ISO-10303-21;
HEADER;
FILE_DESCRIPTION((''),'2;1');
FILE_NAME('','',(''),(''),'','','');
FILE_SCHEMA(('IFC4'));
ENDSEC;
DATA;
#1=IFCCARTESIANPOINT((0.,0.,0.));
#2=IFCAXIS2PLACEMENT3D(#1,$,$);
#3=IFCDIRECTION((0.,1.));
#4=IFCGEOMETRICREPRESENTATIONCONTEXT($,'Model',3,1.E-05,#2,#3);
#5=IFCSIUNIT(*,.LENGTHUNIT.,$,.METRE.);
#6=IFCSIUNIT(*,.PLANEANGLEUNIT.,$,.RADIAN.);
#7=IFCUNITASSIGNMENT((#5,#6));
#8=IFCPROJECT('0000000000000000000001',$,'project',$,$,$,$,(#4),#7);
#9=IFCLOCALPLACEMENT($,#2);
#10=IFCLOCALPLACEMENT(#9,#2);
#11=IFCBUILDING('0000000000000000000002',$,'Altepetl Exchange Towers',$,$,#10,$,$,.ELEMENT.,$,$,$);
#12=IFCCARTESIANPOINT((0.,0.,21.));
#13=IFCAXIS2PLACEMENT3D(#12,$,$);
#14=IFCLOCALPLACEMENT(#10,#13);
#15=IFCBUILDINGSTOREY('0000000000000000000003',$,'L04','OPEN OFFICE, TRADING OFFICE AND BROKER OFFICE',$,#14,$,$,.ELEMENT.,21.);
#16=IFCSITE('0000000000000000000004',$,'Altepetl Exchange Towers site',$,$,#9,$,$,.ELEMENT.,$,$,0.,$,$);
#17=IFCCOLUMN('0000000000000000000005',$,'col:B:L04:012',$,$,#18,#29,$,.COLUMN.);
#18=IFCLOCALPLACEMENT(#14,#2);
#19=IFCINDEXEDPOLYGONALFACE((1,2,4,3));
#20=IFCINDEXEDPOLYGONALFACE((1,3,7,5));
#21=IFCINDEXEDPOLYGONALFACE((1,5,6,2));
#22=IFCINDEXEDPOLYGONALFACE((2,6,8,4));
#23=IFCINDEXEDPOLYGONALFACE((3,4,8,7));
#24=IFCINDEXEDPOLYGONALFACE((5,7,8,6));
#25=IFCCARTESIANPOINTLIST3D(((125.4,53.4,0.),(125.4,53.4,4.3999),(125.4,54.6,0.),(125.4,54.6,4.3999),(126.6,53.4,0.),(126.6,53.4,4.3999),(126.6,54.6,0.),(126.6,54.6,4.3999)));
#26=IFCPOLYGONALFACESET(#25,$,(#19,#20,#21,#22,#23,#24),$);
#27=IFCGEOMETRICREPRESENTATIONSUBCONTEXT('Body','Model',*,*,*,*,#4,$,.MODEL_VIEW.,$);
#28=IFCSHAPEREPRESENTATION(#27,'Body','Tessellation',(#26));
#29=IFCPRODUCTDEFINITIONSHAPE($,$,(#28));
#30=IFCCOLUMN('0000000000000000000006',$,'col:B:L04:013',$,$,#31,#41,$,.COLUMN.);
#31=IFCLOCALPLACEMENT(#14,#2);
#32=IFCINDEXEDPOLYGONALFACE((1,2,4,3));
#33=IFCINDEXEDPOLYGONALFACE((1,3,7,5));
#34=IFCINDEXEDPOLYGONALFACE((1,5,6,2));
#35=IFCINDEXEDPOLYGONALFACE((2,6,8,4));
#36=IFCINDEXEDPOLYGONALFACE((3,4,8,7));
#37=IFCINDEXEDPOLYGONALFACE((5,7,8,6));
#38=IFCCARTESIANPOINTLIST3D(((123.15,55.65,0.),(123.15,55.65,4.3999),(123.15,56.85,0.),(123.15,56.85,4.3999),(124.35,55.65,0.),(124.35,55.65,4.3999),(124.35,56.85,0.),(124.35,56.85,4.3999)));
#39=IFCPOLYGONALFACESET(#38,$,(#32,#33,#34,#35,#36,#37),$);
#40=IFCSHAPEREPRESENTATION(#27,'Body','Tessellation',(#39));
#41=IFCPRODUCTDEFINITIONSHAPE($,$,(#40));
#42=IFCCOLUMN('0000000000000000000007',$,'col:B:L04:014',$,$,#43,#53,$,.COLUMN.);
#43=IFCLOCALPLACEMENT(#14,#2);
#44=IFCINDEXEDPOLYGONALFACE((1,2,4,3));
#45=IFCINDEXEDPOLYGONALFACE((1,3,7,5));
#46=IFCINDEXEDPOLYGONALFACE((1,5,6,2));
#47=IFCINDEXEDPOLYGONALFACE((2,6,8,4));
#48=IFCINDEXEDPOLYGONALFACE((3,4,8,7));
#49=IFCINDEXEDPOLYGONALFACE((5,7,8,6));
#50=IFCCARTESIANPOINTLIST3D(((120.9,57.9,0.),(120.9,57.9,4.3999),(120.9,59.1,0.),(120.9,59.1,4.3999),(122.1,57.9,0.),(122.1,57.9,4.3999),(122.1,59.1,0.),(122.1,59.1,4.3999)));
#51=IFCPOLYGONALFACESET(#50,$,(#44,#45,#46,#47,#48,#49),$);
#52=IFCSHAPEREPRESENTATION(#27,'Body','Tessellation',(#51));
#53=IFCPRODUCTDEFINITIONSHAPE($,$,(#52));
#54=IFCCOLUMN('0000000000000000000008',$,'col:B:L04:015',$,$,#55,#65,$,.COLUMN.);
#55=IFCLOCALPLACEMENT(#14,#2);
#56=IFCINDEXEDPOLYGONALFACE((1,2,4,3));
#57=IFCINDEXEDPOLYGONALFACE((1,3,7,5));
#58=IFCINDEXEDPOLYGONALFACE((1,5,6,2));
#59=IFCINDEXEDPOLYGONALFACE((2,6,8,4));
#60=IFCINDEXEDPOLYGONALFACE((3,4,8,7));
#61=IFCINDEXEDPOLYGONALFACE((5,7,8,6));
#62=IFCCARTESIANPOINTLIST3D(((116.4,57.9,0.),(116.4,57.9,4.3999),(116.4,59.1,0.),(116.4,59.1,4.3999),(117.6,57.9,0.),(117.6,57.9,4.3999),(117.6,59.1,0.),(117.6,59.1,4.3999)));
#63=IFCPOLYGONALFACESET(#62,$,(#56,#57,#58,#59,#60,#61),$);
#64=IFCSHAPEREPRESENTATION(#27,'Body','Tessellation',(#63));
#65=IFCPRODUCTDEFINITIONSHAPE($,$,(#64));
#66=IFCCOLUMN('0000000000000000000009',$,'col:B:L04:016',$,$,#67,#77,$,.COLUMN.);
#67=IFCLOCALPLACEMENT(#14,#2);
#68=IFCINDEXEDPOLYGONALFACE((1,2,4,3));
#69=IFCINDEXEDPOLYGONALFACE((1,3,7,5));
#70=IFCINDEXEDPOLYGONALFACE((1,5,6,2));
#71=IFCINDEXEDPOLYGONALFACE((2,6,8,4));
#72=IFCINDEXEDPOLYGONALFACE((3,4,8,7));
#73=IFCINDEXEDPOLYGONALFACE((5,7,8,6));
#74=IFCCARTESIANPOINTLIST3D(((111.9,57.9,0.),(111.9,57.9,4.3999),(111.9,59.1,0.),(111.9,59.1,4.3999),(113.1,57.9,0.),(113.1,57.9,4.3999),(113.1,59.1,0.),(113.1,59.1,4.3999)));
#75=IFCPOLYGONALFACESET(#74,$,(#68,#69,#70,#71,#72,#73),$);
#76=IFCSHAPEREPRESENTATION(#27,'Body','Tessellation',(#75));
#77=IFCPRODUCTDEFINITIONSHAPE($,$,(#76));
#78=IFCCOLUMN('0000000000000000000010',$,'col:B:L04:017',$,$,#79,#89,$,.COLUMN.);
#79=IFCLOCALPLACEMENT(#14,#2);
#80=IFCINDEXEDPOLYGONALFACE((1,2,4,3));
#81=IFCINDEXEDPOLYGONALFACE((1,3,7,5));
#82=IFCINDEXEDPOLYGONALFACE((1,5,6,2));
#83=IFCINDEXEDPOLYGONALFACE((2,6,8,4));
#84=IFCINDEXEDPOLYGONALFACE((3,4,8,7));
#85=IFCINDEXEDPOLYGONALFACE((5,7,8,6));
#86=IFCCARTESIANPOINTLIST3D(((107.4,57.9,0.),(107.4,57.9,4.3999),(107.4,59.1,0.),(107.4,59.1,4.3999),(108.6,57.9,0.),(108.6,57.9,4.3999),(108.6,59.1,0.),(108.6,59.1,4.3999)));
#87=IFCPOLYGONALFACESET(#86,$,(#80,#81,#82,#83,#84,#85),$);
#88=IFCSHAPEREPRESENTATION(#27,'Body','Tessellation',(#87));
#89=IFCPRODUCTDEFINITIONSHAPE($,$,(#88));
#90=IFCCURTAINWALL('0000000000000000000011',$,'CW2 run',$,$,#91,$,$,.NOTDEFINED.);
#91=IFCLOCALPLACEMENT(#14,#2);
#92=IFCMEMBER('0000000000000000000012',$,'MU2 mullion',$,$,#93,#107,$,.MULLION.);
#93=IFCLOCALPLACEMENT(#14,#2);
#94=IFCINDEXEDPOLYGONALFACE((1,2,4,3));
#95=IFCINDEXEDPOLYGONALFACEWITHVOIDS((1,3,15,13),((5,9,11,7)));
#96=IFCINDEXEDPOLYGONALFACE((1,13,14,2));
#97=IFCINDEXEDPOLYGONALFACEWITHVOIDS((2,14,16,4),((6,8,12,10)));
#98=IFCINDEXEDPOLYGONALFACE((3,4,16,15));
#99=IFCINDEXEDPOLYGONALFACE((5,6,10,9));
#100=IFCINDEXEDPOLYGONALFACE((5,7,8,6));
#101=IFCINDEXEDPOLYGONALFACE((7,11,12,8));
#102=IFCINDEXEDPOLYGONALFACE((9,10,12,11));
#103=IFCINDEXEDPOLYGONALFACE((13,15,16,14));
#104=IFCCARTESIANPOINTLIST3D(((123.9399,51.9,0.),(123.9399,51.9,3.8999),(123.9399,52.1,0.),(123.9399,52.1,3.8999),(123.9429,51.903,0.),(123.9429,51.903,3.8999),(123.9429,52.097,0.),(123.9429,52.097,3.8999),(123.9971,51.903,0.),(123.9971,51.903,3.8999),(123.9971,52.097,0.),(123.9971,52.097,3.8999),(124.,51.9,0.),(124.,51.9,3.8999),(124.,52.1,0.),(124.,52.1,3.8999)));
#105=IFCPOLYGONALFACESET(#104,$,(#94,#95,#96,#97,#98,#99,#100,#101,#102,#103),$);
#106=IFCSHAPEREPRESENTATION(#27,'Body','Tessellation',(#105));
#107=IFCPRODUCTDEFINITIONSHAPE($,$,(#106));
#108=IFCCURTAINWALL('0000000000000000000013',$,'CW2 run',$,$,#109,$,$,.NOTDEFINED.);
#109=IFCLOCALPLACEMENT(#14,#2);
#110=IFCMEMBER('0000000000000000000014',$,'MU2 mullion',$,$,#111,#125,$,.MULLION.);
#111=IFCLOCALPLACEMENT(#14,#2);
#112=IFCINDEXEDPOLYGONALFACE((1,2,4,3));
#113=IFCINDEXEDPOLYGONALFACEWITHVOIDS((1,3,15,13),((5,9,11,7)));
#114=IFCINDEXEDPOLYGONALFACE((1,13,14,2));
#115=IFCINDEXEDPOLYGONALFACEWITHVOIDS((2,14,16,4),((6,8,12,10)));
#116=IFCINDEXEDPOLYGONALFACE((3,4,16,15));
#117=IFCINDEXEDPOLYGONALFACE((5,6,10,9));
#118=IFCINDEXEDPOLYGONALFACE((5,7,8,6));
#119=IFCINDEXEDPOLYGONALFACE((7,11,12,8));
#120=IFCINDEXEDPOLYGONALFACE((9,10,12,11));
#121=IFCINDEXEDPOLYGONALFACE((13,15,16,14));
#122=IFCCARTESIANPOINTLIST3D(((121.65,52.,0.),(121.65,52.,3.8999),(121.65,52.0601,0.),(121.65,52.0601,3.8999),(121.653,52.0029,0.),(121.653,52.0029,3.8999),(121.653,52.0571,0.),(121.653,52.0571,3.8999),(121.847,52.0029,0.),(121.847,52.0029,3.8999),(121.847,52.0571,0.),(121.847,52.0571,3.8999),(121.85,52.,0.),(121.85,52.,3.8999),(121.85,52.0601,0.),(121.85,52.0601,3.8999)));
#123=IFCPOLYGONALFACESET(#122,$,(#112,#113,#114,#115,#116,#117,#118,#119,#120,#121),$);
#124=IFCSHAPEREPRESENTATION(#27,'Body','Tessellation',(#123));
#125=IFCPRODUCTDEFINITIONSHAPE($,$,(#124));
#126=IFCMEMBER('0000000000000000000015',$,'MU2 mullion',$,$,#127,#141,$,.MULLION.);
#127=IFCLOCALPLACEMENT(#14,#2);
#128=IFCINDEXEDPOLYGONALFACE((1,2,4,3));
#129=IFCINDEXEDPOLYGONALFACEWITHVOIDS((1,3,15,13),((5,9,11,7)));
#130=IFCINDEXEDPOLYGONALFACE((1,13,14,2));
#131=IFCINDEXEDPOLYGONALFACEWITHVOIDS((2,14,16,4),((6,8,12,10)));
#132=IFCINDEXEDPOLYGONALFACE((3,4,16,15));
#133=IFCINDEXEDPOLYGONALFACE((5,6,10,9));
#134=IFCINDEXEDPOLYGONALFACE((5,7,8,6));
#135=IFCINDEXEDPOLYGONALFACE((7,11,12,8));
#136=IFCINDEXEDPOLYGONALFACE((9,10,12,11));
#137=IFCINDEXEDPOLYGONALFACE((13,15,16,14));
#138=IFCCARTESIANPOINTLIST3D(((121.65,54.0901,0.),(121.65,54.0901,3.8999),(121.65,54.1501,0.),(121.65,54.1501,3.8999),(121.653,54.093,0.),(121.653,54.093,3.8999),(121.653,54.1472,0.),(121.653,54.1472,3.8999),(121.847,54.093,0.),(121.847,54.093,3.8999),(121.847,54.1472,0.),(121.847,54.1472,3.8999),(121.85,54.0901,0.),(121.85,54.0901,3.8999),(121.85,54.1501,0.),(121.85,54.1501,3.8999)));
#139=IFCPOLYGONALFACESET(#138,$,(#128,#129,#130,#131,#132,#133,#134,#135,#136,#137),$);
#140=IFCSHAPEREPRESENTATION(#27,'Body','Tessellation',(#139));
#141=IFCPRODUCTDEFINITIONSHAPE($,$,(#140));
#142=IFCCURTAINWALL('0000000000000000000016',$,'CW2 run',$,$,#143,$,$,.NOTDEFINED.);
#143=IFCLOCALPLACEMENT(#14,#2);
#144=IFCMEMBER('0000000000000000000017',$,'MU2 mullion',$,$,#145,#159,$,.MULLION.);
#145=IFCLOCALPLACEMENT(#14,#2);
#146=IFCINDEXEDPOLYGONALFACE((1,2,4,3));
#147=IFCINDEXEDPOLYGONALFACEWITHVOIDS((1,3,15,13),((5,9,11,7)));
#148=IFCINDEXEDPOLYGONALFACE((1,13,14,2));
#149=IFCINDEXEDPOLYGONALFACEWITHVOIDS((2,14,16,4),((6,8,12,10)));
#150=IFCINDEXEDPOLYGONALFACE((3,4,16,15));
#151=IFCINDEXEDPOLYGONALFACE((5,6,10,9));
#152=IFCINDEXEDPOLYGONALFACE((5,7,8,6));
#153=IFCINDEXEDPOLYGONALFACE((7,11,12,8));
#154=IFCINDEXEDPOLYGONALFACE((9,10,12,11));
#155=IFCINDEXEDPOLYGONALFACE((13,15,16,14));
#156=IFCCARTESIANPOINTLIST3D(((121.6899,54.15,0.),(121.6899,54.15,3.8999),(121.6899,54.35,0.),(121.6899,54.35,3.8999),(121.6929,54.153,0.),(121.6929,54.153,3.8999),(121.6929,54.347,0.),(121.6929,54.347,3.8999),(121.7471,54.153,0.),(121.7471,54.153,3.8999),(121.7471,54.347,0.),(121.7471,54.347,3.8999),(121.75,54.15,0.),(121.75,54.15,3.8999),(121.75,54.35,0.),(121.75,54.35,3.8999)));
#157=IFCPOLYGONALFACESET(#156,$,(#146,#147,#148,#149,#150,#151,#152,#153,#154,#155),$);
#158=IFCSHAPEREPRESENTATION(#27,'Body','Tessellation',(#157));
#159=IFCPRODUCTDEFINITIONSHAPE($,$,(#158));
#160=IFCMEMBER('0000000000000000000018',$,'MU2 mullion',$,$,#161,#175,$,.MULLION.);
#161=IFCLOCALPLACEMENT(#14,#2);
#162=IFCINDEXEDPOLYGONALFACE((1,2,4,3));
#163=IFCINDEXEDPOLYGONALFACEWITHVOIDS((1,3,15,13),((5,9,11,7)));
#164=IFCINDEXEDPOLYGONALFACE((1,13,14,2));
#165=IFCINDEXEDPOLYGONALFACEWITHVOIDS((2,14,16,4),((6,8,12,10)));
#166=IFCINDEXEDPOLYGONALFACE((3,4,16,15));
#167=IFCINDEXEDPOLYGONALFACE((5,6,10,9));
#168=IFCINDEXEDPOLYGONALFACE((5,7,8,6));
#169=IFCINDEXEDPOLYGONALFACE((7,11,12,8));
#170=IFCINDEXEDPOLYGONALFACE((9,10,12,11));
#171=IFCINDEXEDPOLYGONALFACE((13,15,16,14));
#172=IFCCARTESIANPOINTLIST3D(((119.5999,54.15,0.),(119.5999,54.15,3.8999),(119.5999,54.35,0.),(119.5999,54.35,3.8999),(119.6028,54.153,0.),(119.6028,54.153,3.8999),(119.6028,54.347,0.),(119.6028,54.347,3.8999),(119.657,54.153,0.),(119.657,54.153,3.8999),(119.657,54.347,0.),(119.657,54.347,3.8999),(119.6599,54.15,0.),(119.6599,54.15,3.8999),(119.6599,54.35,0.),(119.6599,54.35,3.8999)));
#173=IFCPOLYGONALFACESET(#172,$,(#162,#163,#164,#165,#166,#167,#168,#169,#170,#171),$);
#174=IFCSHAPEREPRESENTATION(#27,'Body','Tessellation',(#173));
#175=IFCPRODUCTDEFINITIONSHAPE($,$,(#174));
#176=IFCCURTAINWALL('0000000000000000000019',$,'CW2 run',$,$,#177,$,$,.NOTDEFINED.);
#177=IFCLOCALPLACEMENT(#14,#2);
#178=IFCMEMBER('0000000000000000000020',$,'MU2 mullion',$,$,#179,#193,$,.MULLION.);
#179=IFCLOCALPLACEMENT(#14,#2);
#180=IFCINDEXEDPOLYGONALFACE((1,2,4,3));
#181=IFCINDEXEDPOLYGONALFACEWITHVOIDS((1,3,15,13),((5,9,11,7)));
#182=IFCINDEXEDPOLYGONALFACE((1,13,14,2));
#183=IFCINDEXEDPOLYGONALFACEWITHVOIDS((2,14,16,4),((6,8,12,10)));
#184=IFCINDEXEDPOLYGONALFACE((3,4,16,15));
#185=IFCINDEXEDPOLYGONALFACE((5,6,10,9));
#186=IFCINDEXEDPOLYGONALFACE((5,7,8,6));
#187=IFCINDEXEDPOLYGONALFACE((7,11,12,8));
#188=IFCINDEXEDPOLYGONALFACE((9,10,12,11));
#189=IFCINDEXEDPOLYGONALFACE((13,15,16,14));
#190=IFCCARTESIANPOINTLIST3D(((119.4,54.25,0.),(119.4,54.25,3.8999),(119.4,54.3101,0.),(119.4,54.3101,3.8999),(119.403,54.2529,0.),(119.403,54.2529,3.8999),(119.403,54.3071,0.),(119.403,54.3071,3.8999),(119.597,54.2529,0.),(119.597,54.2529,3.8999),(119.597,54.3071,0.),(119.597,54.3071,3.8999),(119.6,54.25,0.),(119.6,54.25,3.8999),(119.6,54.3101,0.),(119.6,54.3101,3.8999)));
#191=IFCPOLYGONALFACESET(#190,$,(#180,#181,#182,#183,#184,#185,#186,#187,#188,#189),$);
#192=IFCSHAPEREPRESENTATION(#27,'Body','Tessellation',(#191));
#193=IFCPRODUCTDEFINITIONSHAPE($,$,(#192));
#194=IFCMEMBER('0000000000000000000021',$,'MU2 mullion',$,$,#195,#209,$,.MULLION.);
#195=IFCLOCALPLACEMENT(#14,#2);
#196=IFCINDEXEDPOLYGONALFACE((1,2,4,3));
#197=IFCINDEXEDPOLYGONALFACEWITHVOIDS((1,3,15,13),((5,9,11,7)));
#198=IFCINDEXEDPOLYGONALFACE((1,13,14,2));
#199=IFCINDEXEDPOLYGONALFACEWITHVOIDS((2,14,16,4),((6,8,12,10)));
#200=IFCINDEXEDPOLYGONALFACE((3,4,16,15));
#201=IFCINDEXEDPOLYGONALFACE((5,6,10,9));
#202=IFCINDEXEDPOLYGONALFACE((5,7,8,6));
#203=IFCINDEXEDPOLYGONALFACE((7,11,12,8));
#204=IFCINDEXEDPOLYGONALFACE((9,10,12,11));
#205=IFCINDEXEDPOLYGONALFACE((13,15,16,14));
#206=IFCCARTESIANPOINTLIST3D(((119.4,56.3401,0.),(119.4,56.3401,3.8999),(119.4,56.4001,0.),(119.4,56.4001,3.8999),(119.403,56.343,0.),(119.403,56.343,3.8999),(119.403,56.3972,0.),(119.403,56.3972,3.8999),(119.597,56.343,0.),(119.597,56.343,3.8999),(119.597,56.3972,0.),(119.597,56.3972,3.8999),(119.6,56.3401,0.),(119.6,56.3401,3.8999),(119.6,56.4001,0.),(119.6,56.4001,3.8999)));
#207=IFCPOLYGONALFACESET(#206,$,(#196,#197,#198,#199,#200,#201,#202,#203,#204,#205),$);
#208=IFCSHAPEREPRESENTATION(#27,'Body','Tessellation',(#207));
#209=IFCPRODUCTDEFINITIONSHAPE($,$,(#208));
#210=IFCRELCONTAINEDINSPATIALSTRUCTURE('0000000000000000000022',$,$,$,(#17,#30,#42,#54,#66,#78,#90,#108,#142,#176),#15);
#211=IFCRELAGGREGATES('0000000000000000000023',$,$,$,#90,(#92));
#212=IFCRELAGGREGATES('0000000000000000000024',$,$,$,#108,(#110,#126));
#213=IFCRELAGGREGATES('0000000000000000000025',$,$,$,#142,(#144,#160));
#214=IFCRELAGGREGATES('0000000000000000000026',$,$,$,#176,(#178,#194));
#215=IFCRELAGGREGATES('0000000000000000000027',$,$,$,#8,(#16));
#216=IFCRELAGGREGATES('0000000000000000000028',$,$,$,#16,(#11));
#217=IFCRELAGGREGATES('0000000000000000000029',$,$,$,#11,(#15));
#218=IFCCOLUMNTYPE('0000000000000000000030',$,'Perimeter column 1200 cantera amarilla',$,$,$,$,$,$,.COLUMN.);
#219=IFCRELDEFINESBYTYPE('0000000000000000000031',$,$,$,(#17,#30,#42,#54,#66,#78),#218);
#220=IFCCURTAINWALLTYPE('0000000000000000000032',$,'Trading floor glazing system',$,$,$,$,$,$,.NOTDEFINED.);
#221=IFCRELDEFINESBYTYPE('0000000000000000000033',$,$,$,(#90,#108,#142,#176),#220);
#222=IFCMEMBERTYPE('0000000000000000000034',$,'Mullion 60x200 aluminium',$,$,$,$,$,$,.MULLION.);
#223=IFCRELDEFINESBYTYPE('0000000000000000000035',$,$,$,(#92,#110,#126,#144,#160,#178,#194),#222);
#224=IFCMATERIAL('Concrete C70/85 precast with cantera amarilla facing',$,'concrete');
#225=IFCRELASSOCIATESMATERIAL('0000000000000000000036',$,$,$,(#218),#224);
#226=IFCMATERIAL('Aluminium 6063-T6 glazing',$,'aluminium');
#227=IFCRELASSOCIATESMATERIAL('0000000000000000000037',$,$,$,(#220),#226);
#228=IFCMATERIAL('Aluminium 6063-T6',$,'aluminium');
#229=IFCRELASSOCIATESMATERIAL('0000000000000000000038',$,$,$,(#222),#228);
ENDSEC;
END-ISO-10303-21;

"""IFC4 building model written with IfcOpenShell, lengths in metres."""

from ifc_helpers import new_model, si_unit, direction, frame, origin, origin_2d, place, context, subcontext, project, spatial, rectangle, hollow_rectangle, extrude, material, material_profile, profile_set, type_object, element, aggregate, save


model = new_model("IFC4")

# Units and contexts
model_context = context("Model", 3, precision=1e-05, world=origin(), true_north=direction((0.0, 1.0)))
body_context = subcontext(model_context, "Body", "Model", "MODEL_VIEW")
ifc_project = project(units=[si_unit("LENGTHUNIT", "METRE"), si_unit("PLANEANGLEUNIT", "RADIAN")], contexts=[model_context])

# Site, building, storey
site_placement = place(None, origin())
site = spatial("IfcSite", under=ifc_project, at=site_placement, Name="Altepetl Exchange Towers site", CompositionType="ELEMENT", RefElevation=0.0)
building_placement = place(site_placement, origin())
building = spatial("IfcBuilding", under=site, at=building_placement, Name="Altepetl Exchange Towers", CompositionType="ELEMENT")
storey_placement = place(building_placement, frame((0.0, 0.0, 21.0)))
storey = spatial("IfcBuildingStorey", under=building, at=storey_placement, Name="L04", Description="OPEN OFFICE, TRADING OFFICE AND BROKER OFFICE", CompositionType="ELEMENT", Elevation=21.0)

# Columns
ifc_material_1 = material(Name="Concrete C70/85 precast with cantera amarilla facing", Category="concrete")
ifc_material_profile_1 = material_profile(ifc_material_1, rectangle(XDim=1.2, YDim=1.2, at=origin_2d()), Name="1200 x 1200")
ifc_profile_set_1 = profile_set([ifc_material_profile_1], Name="Concrete C70/85 precast with cantera amarilla facing")
column_type = type_object("IfcColumnType", Name="Perimeter column 1200 cantera amarilla", PredefinedType="COLUMN", material=ifc_profile_set_1)
for number, where, name in (
    (1, (126.0, 54.0, 0.0), "col:B:L04:012"),
    (2, (123.75, 56.25, 0.0), "col:B:L04:013"),
    (3, (121.5, 58.5, 0.0), "col:B:L04:014"),
    (4, (117.0, 58.5, 0.0), "col:B:L04:015"),
    (5, (112.5, 58.5, 0.0), "col:B:L04:016"),
    (6, (108.0, 58.5, 0.0), "col:B:L04:017"),
):
    element("IfcColumn", number, at=place(storey_placement, frame(where)), inside=storey, type_object=column_type, Name=name, PredefinedType="COLUMN", context=body_context, shape_type="SweptSolid", body=[
        extrude(rectangle(XDim=1.2, YDim=1.2, at=origin_2d()), origin(), (0.0, 0.0, 1.0), 4.3999),
    ])

# Curtain wall, member
ifc_material_2 = material(Name="Aluminium 6063-T6 glazing", Category="aluminium")
curtain_wall_type = type_object("IfcCurtainWallType", Name="Trading floor glazing system", PredefinedType="NOTDEFINED", material=ifc_material_2)
curtain_wall_1_placement = place(storey_placement, origin())
curtain_wall_1 = element("IfcCurtainWall", 7, at=curtain_wall_1_placement, inside=storey, type_object=curtain_wall_type, Name="CW2 run", PredefinedType="NOTDEFINED")
ifc_material_3 = material(Name="Aluminium 6063-T6", Category="aluminium")
ifc_material_profile_2 = material_profile(ifc_material_3, hollow_rectangle(XDim=0.0601, YDim=0.2, WallThickness=0.0029, at=origin_2d()), Name="Mullion 60x200 aluminium")
ifc_profile_set_2 = profile_set([ifc_material_profile_2], Name="Aluminium 6063-T6")
member_type = type_object("IfcMemberType", Name="Mullion 60x200 aluminium", PredefinedType="MULLION", material=ifc_profile_set_2)
member_1_placement = place(storey_placement, frame((123.97, 52.0, 0.0), z_axis=(0.0, 0.0, 1.0), x_axis=(-1.0, 0.0, 0.0)))
member_1 = element("IfcMember", 8, at=member_1_placement, type_object=member_type, Name="MU2 mullion", PredefinedType="MULLION", context=body_context, shape_type="SweptSolid", body=[
    extrude(hollow_rectangle(XDim=0.0601, YDim=0.2, WallThickness=0.0029, at=origin_2d()), origin(), (0.0, 0.0, 1.0), 3.8999),
])
aggregate(curtain_wall_1, [member_1])

# Curtain walls, members
curtain_wall_2_placement = place(storey_placement, origin())
curtain_wall_2 = element("IfcCurtainWall", 9, at=curtain_wall_2_placement, inside=storey, type_object=curtain_wall_type, Name="CW2 run", PredefinedType="NOTDEFINED")
member_2_placement = place(storey_placement, frame((121.75, 52.03, 0.0), z_axis=(0.0, 0.0, 1.0), x_axis=(0.0, 1.0, 0.0)))
member_2 = element("IfcMember", 10, at=member_2_placement, type_object=member_type, Name="MU2 mullion", PredefinedType="MULLION", context=body_context, shape_type="SweptSolid", body=[
    extrude(hollow_rectangle(XDim=0.0601, YDim=0.2, WallThickness=0.0029, at=origin_2d()), origin(), (0.0, 0.0, 1.0), 3.8999),
])
member_3_placement = place(storey_placement, frame((121.75, 54.1201, 0.0), z_axis=(0.0, 0.0, 1.0), x_axis=(0.0, 1.0, 0.0)))
member_3 = element("IfcMember", 11, at=member_3_placement, type_object=member_type, Name="MU2 mullion", PredefinedType="MULLION", context=body_context, shape_type="SweptSolid", body=[
    extrude(hollow_rectangle(XDim=0.0601, YDim=0.2, WallThickness=0.0029, at=origin_2d()), origin(), (0.0, 0.0, 1.0), 3.8999),
])
curtain_wall_3_placement = place(storey_placement, origin())
curtain_wall_3 = element("IfcCurtainWall", 12, at=curtain_wall_3_placement, inside=storey, type_object=curtain_wall_type, Name="CW2 run", PredefinedType="NOTDEFINED")
member_4_placement = place(storey_placement, frame((121.72, 54.25, 0.0), z_axis=(0.0, 0.0, 1.0), x_axis=(-1.0, 0.0, 0.0)))
member_4 = element("IfcMember", 13, at=member_4_placement, type_object=member_type, Name="MU2 mullion", PredefinedType="MULLION", context=body_context, shape_type="SweptSolid", body=[
    extrude(hollow_rectangle(XDim=0.0601, YDim=0.2, WallThickness=0.0029, at=origin_2d()), origin(), (0.0, 0.0, 1.0), 3.8999),
])
member_5_placement = place(storey_placement, frame((119.6299, 54.25, 0.0), z_axis=(0.0, 0.0, 1.0), x_axis=(-1.0, 0.0, 0.0)))
member_5 = element("IfcMember", 14, at=member_5_placement, type_object=member_type, Name="MU2 mullion", PredefinedType="MULLION", context=body_context, shape_type="SweptSolid", body=[
    extrude(hollow_rectangle(XDim=0.0601, YDim=0.2, WallThickness=0.0029, at=origin_2d()), origin(), (0.0, 0.0, 1.0), 3.8999),
])
curtain_wall_4_placement = place(storey_placement, origin())
curtain_wall_4 = element("IfcCurtainWall", 15, at=curtain_wall_4_placement, inside=storey, type_object=curtain_wall_type, Name="CW2 run", PredefinedType="NOTDEFINED")
member_6_placement = place(storey_placement, frame((119.5, 54.28, 0.0), z_axis=(0.0, 0.0, 1.0), x_axis=(0.0, 1.0, 0.0)))
member_6 = element("IfcMember", 16, at=member_6_placement, type_object=member_type, Name="MU2 mullion", PredefinedType="MULLION", context=body_context, shape_type="SweptSolid", body=[
    extrude(hollow_rectangle(XDim=0.0601, YDim=0.2, WallThickness=0.0029, at=origin_2d()), origin(), (0.0, 0.0, 1.0), 3.8999),
])
member_7_placement = place(storey_placement, frame((119.5, 56.3701, 0.0), z_axis=(0.0, 0.0, 1.0), x_axis=(0.0, 1.0, 0.0)))
member_7 = element("IfcMember", 17, at=member_7_placement, type_object=member_type, Name="MU2 mullion", PredefinedType="MULLION", context=body_context, shape_type="SweptSolid", body=[
    extrude(hollow_rectangle(XDim=0.0601, YDim=0.2, WallThickness=0.0029, at=origin_2d()), origin(), (0.0, 0.0, 1.0), 3.8999),
])

aggregate(curtain_wall_2, [member_2, member_3])
aggregate(curtain_wall_3, [member_4, member_5])
aggregate(curtain_wall_4, [member_6, member_7])

save(model, "model.ifc")
